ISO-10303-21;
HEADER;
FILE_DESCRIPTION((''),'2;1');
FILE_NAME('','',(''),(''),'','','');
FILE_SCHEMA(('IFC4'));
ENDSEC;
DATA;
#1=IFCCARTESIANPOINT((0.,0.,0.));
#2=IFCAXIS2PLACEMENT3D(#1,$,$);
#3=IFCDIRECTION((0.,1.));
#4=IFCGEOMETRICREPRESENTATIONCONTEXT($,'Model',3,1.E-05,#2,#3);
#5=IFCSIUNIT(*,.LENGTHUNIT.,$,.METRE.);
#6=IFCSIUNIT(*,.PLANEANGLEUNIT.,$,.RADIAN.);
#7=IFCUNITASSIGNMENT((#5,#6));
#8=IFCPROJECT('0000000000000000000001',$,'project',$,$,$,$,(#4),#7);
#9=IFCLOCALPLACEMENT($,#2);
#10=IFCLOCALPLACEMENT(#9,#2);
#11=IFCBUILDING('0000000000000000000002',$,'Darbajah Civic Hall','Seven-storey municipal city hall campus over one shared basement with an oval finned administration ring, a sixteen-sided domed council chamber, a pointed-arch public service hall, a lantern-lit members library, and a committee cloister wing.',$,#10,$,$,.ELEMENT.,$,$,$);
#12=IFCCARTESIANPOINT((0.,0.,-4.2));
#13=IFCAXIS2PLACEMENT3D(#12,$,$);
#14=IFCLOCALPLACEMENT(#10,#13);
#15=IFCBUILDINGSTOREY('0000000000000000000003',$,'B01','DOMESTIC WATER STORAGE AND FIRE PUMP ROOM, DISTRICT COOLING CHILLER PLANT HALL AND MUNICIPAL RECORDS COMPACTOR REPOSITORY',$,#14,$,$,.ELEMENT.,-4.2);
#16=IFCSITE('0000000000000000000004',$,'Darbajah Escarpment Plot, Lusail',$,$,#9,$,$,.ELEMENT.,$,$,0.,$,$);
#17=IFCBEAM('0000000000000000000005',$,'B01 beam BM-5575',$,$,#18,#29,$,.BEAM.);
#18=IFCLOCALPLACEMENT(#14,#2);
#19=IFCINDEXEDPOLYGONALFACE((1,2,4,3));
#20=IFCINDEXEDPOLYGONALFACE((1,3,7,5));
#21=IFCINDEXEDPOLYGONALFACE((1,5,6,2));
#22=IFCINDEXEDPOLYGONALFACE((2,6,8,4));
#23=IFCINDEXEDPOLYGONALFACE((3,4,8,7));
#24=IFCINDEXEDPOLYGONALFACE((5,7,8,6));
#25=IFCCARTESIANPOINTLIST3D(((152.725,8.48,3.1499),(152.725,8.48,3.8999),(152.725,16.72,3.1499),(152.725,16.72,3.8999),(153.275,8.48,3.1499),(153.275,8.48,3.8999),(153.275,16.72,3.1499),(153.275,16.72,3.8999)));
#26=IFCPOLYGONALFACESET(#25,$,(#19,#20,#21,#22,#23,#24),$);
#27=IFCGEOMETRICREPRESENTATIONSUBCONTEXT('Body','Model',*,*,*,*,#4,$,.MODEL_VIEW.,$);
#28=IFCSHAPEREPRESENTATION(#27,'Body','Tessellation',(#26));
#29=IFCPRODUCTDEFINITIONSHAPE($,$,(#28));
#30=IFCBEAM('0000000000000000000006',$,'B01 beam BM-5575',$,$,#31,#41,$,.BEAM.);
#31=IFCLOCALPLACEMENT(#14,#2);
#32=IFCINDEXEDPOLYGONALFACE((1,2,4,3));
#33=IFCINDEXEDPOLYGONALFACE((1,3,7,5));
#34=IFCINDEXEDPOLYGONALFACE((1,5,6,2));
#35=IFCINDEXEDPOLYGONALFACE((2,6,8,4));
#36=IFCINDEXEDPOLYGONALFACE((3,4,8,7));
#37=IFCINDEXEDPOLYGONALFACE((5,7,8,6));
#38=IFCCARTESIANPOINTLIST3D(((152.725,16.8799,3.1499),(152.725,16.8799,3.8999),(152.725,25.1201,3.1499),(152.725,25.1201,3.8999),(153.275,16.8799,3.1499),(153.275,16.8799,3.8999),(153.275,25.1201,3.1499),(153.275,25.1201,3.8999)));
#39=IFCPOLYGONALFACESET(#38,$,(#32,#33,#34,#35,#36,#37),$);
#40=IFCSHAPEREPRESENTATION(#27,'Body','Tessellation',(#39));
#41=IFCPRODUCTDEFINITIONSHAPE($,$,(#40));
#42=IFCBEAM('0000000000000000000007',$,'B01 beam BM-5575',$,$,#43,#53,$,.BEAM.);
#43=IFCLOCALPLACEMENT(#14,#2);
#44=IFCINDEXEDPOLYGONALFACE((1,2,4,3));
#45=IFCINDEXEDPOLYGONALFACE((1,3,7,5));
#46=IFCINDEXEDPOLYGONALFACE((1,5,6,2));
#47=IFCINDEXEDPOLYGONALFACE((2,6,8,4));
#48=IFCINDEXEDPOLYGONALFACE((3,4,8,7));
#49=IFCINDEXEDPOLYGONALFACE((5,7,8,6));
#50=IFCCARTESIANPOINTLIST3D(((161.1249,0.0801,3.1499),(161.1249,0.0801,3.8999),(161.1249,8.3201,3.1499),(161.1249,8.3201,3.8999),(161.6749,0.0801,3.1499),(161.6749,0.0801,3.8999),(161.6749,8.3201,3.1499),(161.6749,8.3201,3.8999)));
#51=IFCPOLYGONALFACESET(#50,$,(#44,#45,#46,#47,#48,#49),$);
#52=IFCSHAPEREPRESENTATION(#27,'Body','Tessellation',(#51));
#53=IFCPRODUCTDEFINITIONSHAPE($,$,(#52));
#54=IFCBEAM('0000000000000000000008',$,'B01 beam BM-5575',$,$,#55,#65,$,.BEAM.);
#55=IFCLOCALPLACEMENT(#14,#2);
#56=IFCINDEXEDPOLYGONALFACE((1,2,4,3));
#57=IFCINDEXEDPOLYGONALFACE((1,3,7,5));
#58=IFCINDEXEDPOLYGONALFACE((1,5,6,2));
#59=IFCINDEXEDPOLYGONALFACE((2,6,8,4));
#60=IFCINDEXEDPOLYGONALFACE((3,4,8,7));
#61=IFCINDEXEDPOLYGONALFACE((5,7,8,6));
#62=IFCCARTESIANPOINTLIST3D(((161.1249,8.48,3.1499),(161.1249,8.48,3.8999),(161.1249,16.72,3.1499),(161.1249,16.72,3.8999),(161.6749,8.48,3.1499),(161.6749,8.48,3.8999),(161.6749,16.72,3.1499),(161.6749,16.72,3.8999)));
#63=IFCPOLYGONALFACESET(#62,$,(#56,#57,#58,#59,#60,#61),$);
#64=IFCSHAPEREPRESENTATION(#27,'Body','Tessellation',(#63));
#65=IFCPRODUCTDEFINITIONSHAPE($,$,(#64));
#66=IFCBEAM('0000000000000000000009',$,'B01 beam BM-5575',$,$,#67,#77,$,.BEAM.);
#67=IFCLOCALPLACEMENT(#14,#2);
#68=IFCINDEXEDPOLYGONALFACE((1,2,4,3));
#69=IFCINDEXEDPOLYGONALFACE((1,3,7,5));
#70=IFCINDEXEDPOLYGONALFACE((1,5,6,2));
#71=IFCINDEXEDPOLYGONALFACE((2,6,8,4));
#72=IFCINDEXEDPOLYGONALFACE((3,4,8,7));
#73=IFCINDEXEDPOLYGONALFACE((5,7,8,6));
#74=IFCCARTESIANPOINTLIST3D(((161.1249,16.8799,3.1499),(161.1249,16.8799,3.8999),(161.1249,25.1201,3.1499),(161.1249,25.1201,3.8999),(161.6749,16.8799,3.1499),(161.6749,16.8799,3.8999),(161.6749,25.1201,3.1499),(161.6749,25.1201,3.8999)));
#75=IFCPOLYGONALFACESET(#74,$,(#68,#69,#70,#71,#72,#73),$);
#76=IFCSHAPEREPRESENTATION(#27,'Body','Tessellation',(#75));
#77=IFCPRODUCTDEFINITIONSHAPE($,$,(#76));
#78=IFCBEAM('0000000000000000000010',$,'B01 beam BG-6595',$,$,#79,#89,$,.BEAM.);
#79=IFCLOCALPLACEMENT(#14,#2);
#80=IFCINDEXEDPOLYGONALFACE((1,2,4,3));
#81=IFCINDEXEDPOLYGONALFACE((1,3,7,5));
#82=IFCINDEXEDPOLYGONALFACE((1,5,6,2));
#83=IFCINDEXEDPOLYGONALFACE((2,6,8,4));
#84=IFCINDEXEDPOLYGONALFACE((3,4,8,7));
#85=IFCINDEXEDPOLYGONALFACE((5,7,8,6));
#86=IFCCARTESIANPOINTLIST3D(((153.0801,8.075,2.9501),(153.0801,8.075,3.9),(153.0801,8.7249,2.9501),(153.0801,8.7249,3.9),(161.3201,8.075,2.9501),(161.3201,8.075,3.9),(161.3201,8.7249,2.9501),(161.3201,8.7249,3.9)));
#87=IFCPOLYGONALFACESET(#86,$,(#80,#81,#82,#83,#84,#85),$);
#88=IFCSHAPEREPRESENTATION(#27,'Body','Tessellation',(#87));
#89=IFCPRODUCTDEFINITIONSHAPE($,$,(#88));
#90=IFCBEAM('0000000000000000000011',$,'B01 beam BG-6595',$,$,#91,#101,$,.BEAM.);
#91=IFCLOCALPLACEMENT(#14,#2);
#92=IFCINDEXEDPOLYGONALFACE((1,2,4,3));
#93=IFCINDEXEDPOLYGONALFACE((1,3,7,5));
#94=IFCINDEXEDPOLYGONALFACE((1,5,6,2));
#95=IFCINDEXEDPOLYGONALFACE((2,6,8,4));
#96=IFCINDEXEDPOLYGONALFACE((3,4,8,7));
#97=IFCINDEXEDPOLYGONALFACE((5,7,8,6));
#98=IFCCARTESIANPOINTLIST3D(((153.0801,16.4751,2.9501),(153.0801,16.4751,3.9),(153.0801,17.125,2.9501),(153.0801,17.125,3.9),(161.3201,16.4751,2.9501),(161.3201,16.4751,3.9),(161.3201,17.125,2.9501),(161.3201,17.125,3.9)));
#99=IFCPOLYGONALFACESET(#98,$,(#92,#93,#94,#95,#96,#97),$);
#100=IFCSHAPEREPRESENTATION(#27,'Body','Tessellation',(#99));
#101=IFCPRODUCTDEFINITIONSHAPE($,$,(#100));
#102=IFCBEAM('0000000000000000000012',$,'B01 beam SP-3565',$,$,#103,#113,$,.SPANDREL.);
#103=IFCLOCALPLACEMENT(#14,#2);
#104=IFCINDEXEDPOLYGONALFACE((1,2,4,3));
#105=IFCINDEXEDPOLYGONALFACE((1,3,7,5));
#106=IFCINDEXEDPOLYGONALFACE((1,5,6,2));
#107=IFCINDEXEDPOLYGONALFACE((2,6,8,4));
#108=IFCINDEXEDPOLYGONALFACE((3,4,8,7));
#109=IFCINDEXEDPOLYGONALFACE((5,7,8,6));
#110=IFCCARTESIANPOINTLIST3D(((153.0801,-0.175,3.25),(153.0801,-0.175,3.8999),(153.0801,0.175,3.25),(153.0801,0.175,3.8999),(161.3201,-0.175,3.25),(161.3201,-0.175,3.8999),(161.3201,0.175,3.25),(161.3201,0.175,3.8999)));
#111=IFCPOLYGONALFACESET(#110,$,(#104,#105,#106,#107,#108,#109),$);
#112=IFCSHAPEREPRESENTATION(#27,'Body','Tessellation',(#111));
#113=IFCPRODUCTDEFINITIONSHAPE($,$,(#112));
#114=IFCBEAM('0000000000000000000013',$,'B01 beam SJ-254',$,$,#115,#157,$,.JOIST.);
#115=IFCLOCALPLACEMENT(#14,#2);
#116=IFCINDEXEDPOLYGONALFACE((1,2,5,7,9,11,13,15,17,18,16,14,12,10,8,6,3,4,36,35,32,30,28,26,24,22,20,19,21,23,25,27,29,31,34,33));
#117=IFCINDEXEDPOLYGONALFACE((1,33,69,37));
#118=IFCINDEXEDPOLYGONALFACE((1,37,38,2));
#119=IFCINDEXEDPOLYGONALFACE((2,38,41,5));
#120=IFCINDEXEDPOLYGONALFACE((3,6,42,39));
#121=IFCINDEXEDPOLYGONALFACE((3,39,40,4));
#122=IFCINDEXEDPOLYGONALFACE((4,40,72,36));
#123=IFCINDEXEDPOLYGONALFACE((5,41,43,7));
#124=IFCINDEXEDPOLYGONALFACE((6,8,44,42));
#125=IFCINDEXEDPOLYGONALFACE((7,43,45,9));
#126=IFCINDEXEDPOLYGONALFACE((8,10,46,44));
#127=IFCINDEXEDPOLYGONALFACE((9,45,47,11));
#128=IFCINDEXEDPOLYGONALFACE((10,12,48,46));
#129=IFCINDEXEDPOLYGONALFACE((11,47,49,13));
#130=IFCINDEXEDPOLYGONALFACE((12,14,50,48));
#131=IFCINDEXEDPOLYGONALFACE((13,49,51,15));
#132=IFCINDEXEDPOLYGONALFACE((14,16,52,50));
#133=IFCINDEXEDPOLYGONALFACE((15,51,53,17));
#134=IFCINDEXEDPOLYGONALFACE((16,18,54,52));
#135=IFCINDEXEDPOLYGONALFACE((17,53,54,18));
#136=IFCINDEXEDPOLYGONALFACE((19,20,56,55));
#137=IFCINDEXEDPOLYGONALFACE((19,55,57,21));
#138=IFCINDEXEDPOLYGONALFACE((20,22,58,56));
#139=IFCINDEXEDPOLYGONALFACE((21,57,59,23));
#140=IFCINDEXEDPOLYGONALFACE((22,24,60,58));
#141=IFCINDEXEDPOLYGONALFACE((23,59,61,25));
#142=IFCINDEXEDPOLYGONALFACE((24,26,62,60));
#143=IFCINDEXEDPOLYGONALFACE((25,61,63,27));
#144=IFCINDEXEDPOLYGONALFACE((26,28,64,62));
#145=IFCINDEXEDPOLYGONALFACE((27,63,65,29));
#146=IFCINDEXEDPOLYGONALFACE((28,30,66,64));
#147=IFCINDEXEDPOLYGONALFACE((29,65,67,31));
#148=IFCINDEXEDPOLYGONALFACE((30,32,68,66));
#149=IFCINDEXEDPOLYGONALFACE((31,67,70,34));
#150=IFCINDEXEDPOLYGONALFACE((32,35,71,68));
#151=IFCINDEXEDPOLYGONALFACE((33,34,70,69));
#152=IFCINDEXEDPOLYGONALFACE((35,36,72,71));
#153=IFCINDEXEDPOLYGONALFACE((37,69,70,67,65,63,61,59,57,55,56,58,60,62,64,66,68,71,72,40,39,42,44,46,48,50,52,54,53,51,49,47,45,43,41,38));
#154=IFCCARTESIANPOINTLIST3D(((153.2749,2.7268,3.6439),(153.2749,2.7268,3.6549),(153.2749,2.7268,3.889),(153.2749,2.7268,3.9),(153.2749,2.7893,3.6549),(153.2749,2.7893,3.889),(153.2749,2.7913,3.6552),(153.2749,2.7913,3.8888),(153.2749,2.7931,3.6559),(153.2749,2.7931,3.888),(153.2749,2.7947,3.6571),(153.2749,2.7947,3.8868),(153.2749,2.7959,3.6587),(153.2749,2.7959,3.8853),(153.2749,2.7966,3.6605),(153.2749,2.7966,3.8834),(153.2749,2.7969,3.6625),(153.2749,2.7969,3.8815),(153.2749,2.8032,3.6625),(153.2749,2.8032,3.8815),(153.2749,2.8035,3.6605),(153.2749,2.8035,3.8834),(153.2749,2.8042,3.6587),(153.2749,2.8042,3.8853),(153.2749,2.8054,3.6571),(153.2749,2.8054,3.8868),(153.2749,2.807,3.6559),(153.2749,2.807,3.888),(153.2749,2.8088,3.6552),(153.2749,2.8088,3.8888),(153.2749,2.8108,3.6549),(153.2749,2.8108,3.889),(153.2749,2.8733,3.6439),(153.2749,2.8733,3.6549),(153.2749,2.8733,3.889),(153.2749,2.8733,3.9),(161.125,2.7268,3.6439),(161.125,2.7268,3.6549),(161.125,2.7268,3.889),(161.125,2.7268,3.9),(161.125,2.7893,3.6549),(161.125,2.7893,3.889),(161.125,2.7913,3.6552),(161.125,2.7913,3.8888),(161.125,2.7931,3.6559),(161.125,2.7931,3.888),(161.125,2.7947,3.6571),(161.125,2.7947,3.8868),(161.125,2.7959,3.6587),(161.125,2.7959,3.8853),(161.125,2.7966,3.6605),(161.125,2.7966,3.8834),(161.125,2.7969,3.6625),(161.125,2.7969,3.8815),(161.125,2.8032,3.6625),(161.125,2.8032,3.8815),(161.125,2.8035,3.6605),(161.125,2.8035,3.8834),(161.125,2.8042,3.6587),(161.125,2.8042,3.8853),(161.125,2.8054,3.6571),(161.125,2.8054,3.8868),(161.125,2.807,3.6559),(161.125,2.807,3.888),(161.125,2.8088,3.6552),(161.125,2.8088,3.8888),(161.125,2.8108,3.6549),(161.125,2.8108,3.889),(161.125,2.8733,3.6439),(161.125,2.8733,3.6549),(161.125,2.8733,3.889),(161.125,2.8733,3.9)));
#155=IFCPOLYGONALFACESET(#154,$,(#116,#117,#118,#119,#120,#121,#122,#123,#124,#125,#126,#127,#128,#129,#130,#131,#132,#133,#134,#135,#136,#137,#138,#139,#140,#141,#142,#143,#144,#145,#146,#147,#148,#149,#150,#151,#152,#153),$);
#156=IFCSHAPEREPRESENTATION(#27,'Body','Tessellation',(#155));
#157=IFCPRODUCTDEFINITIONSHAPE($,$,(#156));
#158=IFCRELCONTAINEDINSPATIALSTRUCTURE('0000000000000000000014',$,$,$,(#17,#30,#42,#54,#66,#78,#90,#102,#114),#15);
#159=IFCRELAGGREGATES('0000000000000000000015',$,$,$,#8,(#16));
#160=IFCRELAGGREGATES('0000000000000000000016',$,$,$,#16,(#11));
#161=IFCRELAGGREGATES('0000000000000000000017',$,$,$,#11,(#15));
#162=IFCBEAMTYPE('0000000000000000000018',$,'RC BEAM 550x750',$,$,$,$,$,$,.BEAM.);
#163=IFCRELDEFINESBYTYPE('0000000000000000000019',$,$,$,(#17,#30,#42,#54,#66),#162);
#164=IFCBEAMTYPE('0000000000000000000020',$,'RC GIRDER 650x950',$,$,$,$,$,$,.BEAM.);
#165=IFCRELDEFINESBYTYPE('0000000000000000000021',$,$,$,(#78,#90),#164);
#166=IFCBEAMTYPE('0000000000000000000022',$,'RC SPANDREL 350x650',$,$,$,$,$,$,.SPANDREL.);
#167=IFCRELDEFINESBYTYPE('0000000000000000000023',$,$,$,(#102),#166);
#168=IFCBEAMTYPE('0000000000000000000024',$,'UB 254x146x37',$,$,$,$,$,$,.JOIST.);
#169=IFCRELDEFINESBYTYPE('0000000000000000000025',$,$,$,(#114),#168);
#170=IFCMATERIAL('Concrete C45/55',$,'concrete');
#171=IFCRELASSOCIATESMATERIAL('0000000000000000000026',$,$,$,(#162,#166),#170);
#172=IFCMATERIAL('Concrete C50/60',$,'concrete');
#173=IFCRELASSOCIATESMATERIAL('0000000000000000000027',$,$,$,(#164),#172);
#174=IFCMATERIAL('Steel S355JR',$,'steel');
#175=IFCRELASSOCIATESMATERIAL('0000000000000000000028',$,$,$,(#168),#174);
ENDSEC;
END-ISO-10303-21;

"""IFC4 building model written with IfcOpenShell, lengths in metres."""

from ifc_helpers import new_model, si_unit, direction, frame, origin, origin_2d, place, context, subcontext, project, spatial, rectangle, i_section, extrude, material, material_profile, profile_set, type_object, element, save


model = new_model("IFC4")

# Units and contexts
model_context = context("Model", 3, precision=1e-05, world=origin(), true_north=direction((0.0, 1.0)))
body_context = subcontext(model_context, "Body", "Model", "MODEL_VIEW")
ifc_project = project(units=[si_unit("LENGTHUNIT", "METRE"), si_unit("PLANEANGLEUNIT", "RADIAN")], contexts=[model_context])

# Site, building, storey
site_placement = place(None, origin())
site = spatial("IfcSite", under=ifc_project, at=site_placement, Name="Darbajah Escarpment Plot, Lusail", CompositionType="ELEMENT", RefElevation=0.0)
building_placement = place(site_placement, origin())
building = spatial("IfcBuilding", under=site, at=building_placement, Name="Darbajah Civic Hall", Description="Seven-storey municipal city hall campus over one shared basement with an oval finned administration ring, a sixteen-sided domed council chamber, a pointed-arch public service hall, a lantern-lit members library, and a committee cloister wing.", CompositionType="ELEMENT")
storey_placement = place(building_placement, frame((0.0, 0.0, -4.2)))
storey = spatial("IfcBuildingStorey", under=building, at=storey_placement, Name="B01", Description="DOMESTIC WATER STORAGE AND FIRE PUMP ROOM, DISTRICT COOLING CHILLER PLANT HALL AND MUNICIPAL RECORDS COMPACTOR REPOSITORY", CompositionType="ELEMENT", Elevation=-4.2)

# Shared definitions
ifc_material_1 = material(Name="Concrete C45/55", Category="concrete")

# Shared definitions
ifc_material_2 = material(Name="Concrete C50/60", Category="concrete")

# Beams
ifc_material_profile_1 = material_profile(ifc_material_1, rectangle(XDim=0.55, YDim=0.75, at=origin_2d()), Name="RC BEAM 550x750")
ifc_profile_set_1 = profile_set([ifc_material_profile_1], Name="Concrete C45/55")
beam_type_1 = type_object("IfcBeamType", Name="RC BEAM 550x750", PredefinedType="BEAM", material=ifc_profile_set_1)
for number, where, z_axis, x_axis, name in (
    (1, (153.0, 8.48, 3.5249), (0.0, 1.0, 0.0), (-1.0, 0.0, 0.0), "B01 beam BM-5575"),
):
    element("IfcBeam", number, at=place(storey_placement, frame(where, z_axis=z_axis, x_axis=x_axis)), inside=storey, type_object=beam_type_1, Name=name, PredefinedType="BEAM", context=body_context, shape_type="SweptSolid", body=[
        extrude(rectangle(XDim=0.55, YDim=0.75, at=origin_2d()), origin(), (0.0, 0.0, 1.0), 8.24),
    ])
beam_1_placement = place(storey_placement, frame((153.0, 16.8799, 3.5249), z_axis=(0.0, 1.0, 0.0), x_axis=(-1.0, 0.0, 0.0)))
element("IfcBeam", 2, at=beam_1_placement, inside=storey, type_object=beam_type_1, Name="B01 beam BM-5575", PredefinedType="BEAM", context=body_context, shape_type="SweptSolid", body=[
    extrude(rectangle(XDim=0.55, YDim=0.75, at=origin_2d()), origin(), (0.0, 0.0, 1.0), 8.2402),
])
for number, where, z_axis, x_axis, name in (
    (3, (161.3999, 0.0801, 3.5249), (0.0, 1.0, 0.0), (-1.0, 0.0, 0.0), "B01 beam BM-5575"),
    (4, (161.3999, 8.48, 3.5249), (0.0, 1.0, 0.0), (-1.0, 0.0, 0.0), "B01 beam BM-5575"),
):
    element("IfcBeam", number, at=place(storey_placement, frame(where, z_axis=z_axis, x_axis=x_axis)), inside=storey, type_object=beam_type_1, Name=name, PredefinedType="BEAM", context=body_context, shape_type="SweptSolid", body=[
        extrude(rectangle(XDim=0.55, YDim=0.75, at=origin_2d()), origin(), (0.0, 0.0, 1.0), 8.24),
    ])
beam_2_placement = place(storey_placement, frame((161.3999, 16.8799, 3.5249), z_axis=(0.0, 1.0, 0.0), x_axis=(-1.0, 0.0, 0.0)))
element("IfcBeam", 5, at=beam_2_placement, inside=storey, type_object=beam_type_1, Name="B01 beam BM-5575", PredefinedType="BEAM", context=body_context, shape_type="SweptSolid", body=[
    extrude(rectangle(XDim=0.55, YDim=0.75, at=origin_2d()), origin(), (0.0, 0.0, 1.0), 8.2402),
])
ifc_material_profile_2 = material_profile(ifc_material_2, rectangle(XDim=0.6499, YDim=0.95, at=origin_2d()), Name="RC GIRDER 650x950")
ifc_profile_set_2 = profile_set([ifc_material_profile_2], Name="Concrete C50/60")
beam_type_2 = type_object("IfcBeamType", Name="RC GIRDER 650x950", PredefinedType="BEAM", material=ifc_profile_set_2)
for number, where, z_axis, x_axis, name in (
    (6, (153.0801, 8.3999, 3.425), (1.0, 0.0, 0.0), (0.0, 1.0, 0.0), "B01 beam BG-6595"),
    (7, (153.0801, 16.8, 3.425), (1.0, 0.0, 0.0), (0.0, 1.0, 0.0), "B01 beam BG-6595"),
):
    element("IfcBeam", number, at=place(storey_placement, frame(where, z_axis=z_axis, x_axis=x_axis)), inside=storey, type_object=beam_type_2, Name=name, PredefinedType="BEAM", context=body_context, shape_type="SweptSolid", body=[
        extrude(rectangle(XDim=0.6499, YDim=0.95, at=origin_2d()), origin(), (0.0, 0.0, 1.0), 8.24),
    ])
ifc_material_profile_3 = material_profile(ifc_material_1, rectangle(XDim=0.3501, YDim=0.6499, at=origin_2d()), Name="RC SPANDREL 350x650")
ifc_profile_set_3 = profile_set([ifc_material_profile_3], Name="Concrete C45/55")
beam_type_3 = type_object("IfcBeamType", Name="RC SPANDREL 350x650", PredefinedType="SPANDREL", material=ifc_profile_set_3)
beam_3_placement = place(storey_placement, frame((153.0801, 0.0, 3.575), z_axis=(1.0, 0.0, 0.0), x_axis=(0.0, 1.0, 0.0)))
element("IfcBeam", 8, at=beam_3_placement, inside=storey, type_object=beam_type_3, Name="B01 beam SP-3565", PredefinedType="SPANDREL", context=body_context, shape_type="SweptSolid", body=[
    extrude(rectangle(XDim=0.3501, YDim=0.6499, at=origin_2d()), origin(), (0.0, 0.0, 1.0), 8.24),
])
ifc_material_3 = material(Name="Steel S355JR", Category="steel")
ifc_material_profile_4 = material_profile(ifc_material_3, i_section(OverallWidth=0.1465, OverallDepth=0.2561, WebThickness=0.0063, FlangeThickness=0.011, FilletRadius=0.0076, at=origin_2d()), Name="UB 254x146x37")
ifc_profile_set_4 = profile_set([ifc_material_profile_4], Name="Steel S355JR")
beam_type_4 = type_object("IfcBeamType", Name="UB 254x146x37", PredefinedType="JOIST", material=ifc_profile_set_4)
for number, where, z_axis, x_axis, name in (
    (9, (153.2749, 2.8, 3.772), (1.0, 0.0, 0.0), (0.0, 1.0, 0.0), "B01 beam SJ-254"),
):
    element("IfcBeam", number, at=place(storey_placement, frame(where, z_axis=z_axis, x_axis=x_axis)), inside=storey, type_object=beam_type_4, Name=name, PredefinedType="JOIST", context=body_context, shape_type="SweptSolid", body=[
        extrude(i_section(OverallWidth=0.1465, OverallDepth=0.2561, WebThickness=0.0063, FlangeThickness=0.011, FilletRadius=0.0076, at=origin_2d()), origin(), (0.0, 0.0, 1.0), 7.8501),
    ])

save(model, "model.ifc")
